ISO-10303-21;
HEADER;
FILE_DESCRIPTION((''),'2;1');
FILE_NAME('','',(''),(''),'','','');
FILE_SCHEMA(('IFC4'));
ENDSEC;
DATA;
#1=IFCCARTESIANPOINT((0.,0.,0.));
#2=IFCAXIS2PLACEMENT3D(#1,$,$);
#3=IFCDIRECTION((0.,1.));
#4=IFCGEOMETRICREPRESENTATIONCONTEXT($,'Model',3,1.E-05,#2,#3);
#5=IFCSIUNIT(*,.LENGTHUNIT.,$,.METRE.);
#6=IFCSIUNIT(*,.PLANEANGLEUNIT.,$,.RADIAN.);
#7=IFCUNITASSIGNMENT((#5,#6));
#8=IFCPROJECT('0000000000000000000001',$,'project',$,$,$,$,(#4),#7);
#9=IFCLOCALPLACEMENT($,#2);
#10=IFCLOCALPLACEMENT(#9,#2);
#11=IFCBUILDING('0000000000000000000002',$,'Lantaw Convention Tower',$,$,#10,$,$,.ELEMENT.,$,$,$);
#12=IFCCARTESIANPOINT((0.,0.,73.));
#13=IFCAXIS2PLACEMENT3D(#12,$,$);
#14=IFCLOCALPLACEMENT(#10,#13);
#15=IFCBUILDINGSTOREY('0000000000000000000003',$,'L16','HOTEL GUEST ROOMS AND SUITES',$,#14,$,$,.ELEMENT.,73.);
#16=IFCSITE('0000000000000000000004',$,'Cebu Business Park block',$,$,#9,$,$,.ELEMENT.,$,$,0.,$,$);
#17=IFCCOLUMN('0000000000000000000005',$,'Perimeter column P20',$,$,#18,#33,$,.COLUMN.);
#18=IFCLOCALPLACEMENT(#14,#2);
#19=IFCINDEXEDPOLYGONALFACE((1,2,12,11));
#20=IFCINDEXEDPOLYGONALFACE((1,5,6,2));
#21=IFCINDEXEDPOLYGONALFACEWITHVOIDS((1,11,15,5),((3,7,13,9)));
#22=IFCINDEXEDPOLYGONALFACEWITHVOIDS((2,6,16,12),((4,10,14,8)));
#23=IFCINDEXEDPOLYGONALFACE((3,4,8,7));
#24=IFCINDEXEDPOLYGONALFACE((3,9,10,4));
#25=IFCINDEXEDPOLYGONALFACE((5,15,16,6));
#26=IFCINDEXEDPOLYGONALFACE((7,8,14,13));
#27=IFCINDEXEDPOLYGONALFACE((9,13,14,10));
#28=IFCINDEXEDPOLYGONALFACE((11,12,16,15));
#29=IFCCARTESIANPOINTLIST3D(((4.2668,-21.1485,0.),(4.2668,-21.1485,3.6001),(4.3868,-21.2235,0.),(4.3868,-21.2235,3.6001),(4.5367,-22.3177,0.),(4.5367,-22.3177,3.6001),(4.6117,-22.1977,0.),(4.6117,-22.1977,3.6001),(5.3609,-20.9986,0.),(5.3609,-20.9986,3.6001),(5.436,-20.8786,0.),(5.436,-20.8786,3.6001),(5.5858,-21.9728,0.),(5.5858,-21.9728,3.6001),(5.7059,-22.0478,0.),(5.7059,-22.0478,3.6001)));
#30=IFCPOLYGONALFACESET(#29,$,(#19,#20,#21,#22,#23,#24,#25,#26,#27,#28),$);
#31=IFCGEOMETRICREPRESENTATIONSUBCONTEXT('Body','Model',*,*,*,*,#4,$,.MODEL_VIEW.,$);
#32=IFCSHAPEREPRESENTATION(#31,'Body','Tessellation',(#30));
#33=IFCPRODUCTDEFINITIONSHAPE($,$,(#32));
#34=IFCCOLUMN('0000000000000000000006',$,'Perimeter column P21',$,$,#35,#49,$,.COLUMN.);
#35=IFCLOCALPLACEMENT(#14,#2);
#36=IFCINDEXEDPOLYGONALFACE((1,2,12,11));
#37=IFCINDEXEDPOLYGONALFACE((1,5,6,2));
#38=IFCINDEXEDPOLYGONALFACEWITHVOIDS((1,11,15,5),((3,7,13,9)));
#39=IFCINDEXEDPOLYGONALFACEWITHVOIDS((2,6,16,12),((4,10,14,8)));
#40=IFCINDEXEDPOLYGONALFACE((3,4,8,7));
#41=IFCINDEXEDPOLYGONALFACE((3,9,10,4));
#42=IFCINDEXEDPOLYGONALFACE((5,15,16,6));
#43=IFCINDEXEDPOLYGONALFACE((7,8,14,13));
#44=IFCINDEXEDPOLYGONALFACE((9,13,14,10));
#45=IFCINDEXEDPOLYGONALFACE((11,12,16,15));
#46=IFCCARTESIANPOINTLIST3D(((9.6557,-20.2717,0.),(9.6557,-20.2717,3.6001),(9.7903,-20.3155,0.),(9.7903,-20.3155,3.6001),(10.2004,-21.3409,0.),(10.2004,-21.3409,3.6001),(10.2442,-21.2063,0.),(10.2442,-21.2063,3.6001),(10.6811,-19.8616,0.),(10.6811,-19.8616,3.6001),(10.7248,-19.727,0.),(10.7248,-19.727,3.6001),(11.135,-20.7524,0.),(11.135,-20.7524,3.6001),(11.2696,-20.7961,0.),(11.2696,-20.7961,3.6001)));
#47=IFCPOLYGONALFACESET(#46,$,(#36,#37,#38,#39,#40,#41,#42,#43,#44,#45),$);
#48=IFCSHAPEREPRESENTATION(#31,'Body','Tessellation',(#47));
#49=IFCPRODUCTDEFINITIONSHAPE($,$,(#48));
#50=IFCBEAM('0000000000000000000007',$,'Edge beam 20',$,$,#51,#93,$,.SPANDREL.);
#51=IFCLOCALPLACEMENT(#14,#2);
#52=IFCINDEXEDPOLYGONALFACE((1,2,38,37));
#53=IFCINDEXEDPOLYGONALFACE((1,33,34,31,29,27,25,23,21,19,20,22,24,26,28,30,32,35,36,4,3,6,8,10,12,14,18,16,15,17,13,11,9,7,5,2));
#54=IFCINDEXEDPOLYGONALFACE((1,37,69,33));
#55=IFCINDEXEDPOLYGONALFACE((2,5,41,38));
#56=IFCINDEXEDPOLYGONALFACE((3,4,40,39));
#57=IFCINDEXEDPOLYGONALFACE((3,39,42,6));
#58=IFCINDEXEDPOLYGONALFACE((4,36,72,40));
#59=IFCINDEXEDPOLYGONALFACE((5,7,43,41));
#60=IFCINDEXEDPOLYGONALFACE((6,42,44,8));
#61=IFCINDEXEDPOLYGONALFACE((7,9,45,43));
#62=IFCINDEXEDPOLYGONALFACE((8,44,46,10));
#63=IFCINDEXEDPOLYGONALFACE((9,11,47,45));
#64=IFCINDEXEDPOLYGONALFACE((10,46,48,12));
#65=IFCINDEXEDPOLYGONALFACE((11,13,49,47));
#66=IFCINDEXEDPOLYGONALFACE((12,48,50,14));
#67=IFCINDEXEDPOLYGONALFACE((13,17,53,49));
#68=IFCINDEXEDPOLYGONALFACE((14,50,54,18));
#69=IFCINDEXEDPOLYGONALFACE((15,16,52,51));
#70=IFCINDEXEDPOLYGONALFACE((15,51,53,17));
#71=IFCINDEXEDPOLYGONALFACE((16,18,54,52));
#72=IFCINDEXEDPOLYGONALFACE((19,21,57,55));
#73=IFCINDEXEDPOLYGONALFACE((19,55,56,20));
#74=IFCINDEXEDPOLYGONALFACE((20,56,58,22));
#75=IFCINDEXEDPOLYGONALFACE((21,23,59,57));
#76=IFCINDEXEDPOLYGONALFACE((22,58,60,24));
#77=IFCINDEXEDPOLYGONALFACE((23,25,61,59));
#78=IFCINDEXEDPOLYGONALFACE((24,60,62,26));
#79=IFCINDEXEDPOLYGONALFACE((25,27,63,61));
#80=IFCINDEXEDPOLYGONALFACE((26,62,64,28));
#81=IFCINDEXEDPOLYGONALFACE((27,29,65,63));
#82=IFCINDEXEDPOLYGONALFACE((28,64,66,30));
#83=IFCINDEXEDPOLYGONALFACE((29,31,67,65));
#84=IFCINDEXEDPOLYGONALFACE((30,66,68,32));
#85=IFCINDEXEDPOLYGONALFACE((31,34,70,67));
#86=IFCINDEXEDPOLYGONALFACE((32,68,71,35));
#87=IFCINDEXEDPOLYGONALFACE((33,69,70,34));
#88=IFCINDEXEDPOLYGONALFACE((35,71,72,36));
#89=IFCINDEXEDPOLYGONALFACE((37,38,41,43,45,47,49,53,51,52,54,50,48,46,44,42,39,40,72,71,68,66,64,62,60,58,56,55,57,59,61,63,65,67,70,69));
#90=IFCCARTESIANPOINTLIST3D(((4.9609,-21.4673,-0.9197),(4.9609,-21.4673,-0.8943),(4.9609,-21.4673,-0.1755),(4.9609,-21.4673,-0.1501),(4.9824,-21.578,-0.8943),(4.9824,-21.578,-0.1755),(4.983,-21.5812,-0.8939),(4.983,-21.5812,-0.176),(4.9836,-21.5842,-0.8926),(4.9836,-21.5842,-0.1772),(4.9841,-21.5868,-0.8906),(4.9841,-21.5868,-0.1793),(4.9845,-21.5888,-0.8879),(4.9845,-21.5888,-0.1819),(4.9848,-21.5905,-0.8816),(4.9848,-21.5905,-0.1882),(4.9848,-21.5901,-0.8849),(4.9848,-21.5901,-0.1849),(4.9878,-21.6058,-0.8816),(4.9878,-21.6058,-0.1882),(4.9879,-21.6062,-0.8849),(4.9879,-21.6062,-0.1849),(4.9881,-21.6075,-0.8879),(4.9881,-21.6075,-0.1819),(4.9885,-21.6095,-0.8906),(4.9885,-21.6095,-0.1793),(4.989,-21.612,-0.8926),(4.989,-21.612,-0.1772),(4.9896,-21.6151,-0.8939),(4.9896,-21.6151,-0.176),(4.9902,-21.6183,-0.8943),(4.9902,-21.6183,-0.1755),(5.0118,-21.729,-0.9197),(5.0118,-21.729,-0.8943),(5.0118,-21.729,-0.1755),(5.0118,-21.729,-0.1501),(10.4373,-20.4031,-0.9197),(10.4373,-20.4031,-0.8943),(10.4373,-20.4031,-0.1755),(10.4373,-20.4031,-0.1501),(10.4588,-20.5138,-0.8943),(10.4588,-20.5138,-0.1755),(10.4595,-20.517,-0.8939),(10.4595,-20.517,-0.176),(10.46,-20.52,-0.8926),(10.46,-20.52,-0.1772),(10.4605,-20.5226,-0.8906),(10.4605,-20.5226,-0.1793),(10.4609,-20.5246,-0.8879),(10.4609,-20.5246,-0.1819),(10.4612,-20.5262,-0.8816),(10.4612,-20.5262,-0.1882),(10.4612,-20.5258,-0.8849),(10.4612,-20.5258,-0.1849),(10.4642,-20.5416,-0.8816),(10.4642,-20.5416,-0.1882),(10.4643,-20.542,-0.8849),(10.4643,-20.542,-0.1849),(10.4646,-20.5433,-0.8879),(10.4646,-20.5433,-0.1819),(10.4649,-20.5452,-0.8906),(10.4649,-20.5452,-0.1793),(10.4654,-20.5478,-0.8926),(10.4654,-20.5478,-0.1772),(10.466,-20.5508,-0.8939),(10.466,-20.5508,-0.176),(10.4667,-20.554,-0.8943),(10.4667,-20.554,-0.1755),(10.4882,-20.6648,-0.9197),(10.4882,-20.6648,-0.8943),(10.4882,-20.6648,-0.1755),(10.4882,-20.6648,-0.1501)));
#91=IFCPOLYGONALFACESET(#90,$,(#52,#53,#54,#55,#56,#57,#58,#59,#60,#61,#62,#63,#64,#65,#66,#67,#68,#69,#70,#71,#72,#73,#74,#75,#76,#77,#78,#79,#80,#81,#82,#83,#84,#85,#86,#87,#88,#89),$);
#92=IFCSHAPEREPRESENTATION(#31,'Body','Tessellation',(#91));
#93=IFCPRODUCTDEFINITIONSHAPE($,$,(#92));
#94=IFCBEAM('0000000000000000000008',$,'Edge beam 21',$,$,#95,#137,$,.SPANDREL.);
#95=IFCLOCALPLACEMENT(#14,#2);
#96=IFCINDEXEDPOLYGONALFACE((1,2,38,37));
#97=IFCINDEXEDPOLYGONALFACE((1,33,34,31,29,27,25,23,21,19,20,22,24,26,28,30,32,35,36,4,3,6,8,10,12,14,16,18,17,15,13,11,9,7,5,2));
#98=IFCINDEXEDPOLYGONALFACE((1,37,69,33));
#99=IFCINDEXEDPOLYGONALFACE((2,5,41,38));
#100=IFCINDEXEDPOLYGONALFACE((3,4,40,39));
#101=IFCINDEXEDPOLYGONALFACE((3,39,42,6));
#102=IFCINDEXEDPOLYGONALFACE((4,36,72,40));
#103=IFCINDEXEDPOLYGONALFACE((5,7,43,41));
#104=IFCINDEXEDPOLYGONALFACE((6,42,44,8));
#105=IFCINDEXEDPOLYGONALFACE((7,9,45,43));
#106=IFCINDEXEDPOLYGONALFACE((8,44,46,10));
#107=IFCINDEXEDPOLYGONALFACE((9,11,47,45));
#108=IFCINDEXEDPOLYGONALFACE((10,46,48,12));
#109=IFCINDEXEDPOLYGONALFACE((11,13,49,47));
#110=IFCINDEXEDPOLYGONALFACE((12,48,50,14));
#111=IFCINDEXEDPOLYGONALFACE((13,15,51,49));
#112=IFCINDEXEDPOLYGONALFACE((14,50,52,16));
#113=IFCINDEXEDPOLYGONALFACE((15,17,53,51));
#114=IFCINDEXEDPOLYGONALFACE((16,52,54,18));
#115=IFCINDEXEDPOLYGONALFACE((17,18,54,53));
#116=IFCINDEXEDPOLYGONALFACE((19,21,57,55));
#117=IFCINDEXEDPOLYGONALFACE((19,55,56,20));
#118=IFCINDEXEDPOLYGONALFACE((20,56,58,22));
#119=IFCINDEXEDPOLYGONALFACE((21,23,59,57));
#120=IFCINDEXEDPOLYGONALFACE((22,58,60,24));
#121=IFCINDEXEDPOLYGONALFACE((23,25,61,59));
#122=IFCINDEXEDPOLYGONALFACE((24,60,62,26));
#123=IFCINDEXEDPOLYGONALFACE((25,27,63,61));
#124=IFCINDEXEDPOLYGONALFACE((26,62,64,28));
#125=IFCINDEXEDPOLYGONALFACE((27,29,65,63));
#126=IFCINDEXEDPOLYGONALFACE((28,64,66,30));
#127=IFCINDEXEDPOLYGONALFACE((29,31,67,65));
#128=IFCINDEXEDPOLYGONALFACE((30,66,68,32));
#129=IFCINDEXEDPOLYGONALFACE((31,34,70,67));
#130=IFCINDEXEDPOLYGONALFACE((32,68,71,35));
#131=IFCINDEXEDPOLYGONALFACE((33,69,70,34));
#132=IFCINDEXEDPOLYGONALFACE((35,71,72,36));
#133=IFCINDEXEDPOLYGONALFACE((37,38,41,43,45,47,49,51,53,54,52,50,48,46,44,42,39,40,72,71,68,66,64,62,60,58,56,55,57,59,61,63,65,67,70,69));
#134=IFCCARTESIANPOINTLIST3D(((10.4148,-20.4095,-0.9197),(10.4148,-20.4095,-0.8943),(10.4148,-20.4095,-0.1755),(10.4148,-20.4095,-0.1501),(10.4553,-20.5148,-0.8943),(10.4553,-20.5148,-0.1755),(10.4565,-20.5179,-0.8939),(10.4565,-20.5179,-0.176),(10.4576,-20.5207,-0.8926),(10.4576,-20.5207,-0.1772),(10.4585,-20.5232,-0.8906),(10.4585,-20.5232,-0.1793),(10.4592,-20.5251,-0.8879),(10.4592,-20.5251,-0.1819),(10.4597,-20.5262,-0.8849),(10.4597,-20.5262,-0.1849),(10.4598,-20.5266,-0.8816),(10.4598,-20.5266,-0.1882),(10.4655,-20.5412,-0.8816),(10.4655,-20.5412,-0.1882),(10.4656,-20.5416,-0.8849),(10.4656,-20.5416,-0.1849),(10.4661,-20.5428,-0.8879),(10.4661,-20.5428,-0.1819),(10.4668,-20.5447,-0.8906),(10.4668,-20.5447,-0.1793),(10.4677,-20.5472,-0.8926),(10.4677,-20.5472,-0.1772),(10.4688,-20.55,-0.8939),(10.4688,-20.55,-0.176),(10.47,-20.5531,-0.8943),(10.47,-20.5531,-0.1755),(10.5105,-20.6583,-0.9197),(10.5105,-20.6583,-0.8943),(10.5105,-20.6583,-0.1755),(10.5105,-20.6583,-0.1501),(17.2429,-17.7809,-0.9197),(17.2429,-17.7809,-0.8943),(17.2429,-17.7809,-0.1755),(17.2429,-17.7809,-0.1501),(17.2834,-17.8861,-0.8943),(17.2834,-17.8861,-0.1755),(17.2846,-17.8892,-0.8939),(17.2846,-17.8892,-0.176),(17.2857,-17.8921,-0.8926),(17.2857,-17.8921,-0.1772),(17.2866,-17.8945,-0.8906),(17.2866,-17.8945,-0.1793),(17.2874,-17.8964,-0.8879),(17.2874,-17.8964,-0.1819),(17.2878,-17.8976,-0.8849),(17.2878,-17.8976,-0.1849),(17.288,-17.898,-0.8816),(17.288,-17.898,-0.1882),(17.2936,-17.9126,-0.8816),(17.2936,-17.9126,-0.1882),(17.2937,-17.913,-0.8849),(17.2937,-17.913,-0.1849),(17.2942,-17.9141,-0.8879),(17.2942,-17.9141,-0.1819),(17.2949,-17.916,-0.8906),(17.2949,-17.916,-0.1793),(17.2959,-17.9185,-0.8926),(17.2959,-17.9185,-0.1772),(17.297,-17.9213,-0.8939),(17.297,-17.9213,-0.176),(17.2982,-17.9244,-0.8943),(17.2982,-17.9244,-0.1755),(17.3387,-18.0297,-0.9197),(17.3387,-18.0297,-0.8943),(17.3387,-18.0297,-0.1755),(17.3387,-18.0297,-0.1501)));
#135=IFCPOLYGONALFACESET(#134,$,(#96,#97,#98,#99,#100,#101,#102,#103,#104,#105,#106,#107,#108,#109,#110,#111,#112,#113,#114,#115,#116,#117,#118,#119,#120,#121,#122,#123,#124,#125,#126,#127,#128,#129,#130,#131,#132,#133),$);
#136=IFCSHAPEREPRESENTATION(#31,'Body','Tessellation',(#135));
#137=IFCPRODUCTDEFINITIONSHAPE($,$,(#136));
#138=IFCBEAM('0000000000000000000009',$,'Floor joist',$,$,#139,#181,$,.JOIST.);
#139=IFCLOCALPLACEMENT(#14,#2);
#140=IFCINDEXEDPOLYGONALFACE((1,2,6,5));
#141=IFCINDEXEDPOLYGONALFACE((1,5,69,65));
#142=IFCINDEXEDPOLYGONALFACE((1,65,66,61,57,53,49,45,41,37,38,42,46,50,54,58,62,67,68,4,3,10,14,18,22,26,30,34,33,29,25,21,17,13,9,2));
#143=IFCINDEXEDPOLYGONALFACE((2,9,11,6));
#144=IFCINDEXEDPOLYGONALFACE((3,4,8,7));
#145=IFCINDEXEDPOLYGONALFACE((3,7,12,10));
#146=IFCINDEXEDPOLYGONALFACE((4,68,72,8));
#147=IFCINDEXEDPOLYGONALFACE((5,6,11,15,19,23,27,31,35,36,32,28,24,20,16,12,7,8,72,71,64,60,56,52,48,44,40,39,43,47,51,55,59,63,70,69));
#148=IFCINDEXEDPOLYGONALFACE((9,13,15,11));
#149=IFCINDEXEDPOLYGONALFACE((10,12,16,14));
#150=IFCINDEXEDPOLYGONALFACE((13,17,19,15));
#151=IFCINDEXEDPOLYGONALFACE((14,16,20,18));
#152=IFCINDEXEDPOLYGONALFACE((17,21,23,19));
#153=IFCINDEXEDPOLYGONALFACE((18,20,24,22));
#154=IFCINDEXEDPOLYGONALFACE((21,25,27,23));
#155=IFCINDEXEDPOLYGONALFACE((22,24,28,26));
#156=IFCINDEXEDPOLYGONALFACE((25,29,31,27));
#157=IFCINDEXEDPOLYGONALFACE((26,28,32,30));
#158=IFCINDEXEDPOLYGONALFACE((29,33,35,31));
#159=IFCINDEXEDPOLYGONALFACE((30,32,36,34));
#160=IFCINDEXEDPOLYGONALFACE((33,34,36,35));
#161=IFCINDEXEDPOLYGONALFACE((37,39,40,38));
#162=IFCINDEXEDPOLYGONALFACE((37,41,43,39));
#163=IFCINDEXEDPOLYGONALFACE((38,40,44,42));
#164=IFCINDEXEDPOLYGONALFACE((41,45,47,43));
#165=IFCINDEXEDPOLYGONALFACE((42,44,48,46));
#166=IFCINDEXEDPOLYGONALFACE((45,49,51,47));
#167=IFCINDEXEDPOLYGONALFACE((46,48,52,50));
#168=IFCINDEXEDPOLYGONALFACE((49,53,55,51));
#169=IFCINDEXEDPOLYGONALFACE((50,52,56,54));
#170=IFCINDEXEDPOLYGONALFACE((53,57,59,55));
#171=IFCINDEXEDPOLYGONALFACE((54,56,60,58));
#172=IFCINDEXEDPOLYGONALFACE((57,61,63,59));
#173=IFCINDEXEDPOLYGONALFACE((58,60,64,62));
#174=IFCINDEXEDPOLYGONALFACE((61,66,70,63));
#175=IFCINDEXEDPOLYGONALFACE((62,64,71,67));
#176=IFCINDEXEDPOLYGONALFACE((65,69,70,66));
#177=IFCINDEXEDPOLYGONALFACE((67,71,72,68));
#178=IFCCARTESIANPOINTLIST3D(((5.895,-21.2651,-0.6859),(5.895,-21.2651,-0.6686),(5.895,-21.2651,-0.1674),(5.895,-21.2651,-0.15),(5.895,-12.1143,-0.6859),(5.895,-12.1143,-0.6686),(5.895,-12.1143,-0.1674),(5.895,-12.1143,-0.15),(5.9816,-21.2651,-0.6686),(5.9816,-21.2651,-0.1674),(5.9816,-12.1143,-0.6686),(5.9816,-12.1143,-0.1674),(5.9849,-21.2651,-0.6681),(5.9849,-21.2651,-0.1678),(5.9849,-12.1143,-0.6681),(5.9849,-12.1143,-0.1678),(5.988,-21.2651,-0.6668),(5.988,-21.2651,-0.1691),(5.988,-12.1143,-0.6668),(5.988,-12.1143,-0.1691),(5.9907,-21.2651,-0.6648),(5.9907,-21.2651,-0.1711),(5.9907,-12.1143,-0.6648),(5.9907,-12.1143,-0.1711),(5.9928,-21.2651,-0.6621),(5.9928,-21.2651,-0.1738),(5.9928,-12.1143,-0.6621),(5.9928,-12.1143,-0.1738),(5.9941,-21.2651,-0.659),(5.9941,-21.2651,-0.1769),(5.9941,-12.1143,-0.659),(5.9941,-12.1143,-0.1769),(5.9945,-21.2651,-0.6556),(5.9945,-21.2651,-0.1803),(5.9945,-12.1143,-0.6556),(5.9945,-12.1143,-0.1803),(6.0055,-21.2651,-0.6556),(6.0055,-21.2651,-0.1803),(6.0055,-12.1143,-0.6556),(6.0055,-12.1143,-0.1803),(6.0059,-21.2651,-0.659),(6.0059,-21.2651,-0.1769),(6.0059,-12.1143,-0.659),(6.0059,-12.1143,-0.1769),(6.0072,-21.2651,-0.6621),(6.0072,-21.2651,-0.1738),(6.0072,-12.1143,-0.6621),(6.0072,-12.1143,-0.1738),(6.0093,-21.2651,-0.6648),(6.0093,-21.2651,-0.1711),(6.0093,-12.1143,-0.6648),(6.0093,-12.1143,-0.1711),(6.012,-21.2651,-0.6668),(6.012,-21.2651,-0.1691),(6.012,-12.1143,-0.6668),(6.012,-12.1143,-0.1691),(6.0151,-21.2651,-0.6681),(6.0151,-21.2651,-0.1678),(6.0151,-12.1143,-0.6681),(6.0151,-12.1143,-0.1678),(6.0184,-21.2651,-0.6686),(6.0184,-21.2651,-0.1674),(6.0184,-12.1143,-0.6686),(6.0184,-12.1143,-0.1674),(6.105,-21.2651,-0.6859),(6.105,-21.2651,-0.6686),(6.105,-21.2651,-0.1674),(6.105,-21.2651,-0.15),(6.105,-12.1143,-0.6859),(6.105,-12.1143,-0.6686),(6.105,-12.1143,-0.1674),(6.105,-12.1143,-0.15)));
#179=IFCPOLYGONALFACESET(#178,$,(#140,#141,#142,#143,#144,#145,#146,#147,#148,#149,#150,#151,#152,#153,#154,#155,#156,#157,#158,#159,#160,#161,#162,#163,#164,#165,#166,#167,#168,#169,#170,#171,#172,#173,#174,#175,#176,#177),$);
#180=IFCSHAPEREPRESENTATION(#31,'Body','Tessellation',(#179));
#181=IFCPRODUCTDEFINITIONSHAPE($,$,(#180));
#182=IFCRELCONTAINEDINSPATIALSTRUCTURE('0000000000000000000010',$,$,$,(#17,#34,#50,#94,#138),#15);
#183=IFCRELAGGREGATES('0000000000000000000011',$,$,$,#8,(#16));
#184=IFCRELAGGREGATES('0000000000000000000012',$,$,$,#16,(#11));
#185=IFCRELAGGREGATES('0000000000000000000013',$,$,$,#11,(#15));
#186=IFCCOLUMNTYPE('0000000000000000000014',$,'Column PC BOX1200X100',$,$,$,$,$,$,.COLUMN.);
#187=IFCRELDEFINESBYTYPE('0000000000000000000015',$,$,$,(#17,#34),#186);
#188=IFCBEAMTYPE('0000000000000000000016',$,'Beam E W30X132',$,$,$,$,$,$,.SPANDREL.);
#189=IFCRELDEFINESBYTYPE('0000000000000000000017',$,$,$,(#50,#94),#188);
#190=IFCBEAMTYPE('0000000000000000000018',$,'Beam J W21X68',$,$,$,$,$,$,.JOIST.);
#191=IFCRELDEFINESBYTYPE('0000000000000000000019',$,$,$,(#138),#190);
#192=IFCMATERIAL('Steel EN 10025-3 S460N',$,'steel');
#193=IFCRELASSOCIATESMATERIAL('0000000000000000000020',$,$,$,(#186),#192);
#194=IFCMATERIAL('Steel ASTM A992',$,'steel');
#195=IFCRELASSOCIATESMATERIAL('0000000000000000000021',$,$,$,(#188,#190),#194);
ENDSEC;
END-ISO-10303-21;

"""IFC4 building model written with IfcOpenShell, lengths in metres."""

from ifc_helpers import new_model, si_unit, direction, frame, origin, origin_2d, place, context, subcontext, project, spatial, rectangle, hollow_rectangle, i_section, extrude, material, material_profile, profile_set, type_object, element, save


model = new_model("IFC4")

# Units and contexts
model_context = context("Model", 3, precision=1e-05, world=origin(), true_north=direction((0.0, 1.0)))
body_context = subcontext(model_context, "Body", "Model", "MODEL_VIEW")
ifc_project = project(units=[si_unit("LENGTHUNIT", "METRE"), si_unit("PLANEANGLEUNIT", "RADIAN")], contexts=[model_context])

# Site, building, storey
site_placement = place(None, origin())
site = spatial("IfcSite", under=ifc_project, at=site_placement, Name="Cebu Business Park block", CompositionType="ELEMENT", RefElevation=0.0)
building_placement = place(site_placement, origin())
building = spatial("IfcBuilding", under=site, at=building_placement, Name="Lantaw Convention Tower", CompositionType="ELEMENT")
storey_placement = place(building_placement, frame((0.0, 0.0, 73.0)))
storey = spatial("IfcBuildingStorey", under=building, at=storey_placement, Name="L16", Description="HOTEL GUEST ROOMS AND SUITES", CompositionType="ELEMENT", Elevation=73.0)

# Columns
ifc_material_1 = material(Name="Steel EN 10025-3 S460N", Category="steel")
ifc_material_profile_1 = material_profile(ifc_material_1, hollow_rectangle(XDim=1.2, YDim=1.2, WallThickness=0.1001, at=origin_2d()), Name="BOX1200X100")
ifc_material_2 = material(Name="Concrete C60/75", Category="concrete")
ifc_material_profile_2 = material_profile(ifc_material_2, rectangle(XDim=1.0, YDim=1.0, at=origin_2d()), Name="Concrete fill of BOX1200X100")
ifc_profile_set_1 = profile_set([ifc_material_profile_1, ifc_material_profile_2], Name="Steel EN 10025-3 S460N")
column_type = type_object("IfcColumnType", Name="Column PC BOX1200X100", PredefinedType="COLUMN", material=ifc_profile_set_1)
for number, where, z_axis, x_axis, name in (
    (1, (4.9863, -21.5981, 0.0), (0.0, 0.0, 1.0), (0.97437, 0.224951, 0.0), "Perimeter column P20"),
    (2, (10.4626, -20.5339, 0.0), (0.0, 0.0, 1.0), (0.891007, 0.45399, 0.0), "Perimeter column P21"),
):
    element("IfcColumn", number, at=place(storey_placement, frame(where, z_axis=z_axis, x_axis=x_axis)), inside=storey, type_object=column_type, Name=name, PredefinedType="COLUMN", context=body_context, shape_type="SweptSolid", body=[
        extrude(hollow_rectangle(XDim=1.2, YDim=1.2, WallThickness=0.1001, at=origin_2d()), origin(), (0.0, 0.0, 1.0), 3.6001),
    ])

# Beams
ifc_material_3 = material(Name="Steel ASTM A992", Category="steel")
ifc_material_profile_3 = material_profile(ifc_material_3, i_section(OverallWidth=0.2666, OverallDepth=0.7695, WebThickness=0.0156, FlangeThickness=0.0254, FilletRadius=0.0127, at=origin_2d()), Name="W30X132")
ifc_profile_set_2 = profile_set([ifc_material_profile_3], Name="Steel ASTM A992")
beam_type_1 = type_object("IfcBeamType", Name="Beam E W30X132", PredefinedType="SPANDREL", material=ifc_profile_set_2)
beam_1_placement = place(storey_placement, frame((4.9863, -21.5981, -0.5349), z_axis=(0.981637, 0.190761, 0.0), x_axis=(-0.190761, 0.981637, 0.0)))
element("IfcBeam", 3, at=beam_1_placement, inside=storey, type_object=beam_type_1, Name="Edge beam 20", PredefinedType="SPANDREL", context=body_context, shape_type="SweptSolid", body=[
    extrude(i_section(OverallWidth=0.2666, OverallDepth=0.7695, WebThickness=0.0156, FlangeThickness=0.0254, FilletRadius=0.0127, at=origin_2d()), origin(), (0.0, 0.0, 1.0), 5.5789),
])
beam_2_placement = place(storey_placement, frame((10.4626, -20.5339, -0.5349), z_axis=(0.933233, 0.359272, 0.0), x_axis=(-0.359272, 0.933233, 0.0)))
element("IfcBeam", 4, at=beam_2_placement, inside=storey, type_object=beam_type_1, Name="Edge beam 21", PredefinedType="SPANDREL", context=body_context, shape_type="SweptSolid", body=[
    extrude(i_section(OverallWidth=0.2666, OverallDepth=0.7695, WebThickness=0.0156, FlangeThickness=0.0254, FilletRadius=0.0127, at=origin_2d()), origin(), (0.0, 0.0, 1.0), 7.3167),
])
ifc_material_profile_4 = material_profile(ifc_material_3, i_section(OverallWidth=0.21, OverallDepth=0.5359, WebThickness=0.011, FlangeThickness=0.0173, FilletRadius=0.0129, at=origin_2d()), Name="W21X68")
ifc_profile_set_3 = profile_set([ifc_material_profile_4], Name="Steel ASTM A992")
beam_type_2 = type_object("IfcBeamType", Name="Beam J W21X68", PredefinedType="JOIST", material=ifc_profile_set_3)
beam_3_placement = place(storey_placement, frame((6.0, -21.2651, -0.418), z_axis=(0.0, 1.0, 0.0), x_axis=(-1.0, 0.0, 0.0)))
element("IfcBeam", 5, at=beam_3_placement, inside=storey, type_object=beam_type_2, Name="Floor joist", PredefinedType="JOIST", context=body_context, shape_type="SweptSolid", body=[
    extrude(i_section(OverallWidth=0.21, OverallDepth=0.5359, WebThickness=0.011, FlangeThickness=0.0173, FilletRadius=0.0129, at=origin_2d()), origin(), (0.0, 0.0, 1.0), 9.1509),
])

save(model, "model.ifc")
